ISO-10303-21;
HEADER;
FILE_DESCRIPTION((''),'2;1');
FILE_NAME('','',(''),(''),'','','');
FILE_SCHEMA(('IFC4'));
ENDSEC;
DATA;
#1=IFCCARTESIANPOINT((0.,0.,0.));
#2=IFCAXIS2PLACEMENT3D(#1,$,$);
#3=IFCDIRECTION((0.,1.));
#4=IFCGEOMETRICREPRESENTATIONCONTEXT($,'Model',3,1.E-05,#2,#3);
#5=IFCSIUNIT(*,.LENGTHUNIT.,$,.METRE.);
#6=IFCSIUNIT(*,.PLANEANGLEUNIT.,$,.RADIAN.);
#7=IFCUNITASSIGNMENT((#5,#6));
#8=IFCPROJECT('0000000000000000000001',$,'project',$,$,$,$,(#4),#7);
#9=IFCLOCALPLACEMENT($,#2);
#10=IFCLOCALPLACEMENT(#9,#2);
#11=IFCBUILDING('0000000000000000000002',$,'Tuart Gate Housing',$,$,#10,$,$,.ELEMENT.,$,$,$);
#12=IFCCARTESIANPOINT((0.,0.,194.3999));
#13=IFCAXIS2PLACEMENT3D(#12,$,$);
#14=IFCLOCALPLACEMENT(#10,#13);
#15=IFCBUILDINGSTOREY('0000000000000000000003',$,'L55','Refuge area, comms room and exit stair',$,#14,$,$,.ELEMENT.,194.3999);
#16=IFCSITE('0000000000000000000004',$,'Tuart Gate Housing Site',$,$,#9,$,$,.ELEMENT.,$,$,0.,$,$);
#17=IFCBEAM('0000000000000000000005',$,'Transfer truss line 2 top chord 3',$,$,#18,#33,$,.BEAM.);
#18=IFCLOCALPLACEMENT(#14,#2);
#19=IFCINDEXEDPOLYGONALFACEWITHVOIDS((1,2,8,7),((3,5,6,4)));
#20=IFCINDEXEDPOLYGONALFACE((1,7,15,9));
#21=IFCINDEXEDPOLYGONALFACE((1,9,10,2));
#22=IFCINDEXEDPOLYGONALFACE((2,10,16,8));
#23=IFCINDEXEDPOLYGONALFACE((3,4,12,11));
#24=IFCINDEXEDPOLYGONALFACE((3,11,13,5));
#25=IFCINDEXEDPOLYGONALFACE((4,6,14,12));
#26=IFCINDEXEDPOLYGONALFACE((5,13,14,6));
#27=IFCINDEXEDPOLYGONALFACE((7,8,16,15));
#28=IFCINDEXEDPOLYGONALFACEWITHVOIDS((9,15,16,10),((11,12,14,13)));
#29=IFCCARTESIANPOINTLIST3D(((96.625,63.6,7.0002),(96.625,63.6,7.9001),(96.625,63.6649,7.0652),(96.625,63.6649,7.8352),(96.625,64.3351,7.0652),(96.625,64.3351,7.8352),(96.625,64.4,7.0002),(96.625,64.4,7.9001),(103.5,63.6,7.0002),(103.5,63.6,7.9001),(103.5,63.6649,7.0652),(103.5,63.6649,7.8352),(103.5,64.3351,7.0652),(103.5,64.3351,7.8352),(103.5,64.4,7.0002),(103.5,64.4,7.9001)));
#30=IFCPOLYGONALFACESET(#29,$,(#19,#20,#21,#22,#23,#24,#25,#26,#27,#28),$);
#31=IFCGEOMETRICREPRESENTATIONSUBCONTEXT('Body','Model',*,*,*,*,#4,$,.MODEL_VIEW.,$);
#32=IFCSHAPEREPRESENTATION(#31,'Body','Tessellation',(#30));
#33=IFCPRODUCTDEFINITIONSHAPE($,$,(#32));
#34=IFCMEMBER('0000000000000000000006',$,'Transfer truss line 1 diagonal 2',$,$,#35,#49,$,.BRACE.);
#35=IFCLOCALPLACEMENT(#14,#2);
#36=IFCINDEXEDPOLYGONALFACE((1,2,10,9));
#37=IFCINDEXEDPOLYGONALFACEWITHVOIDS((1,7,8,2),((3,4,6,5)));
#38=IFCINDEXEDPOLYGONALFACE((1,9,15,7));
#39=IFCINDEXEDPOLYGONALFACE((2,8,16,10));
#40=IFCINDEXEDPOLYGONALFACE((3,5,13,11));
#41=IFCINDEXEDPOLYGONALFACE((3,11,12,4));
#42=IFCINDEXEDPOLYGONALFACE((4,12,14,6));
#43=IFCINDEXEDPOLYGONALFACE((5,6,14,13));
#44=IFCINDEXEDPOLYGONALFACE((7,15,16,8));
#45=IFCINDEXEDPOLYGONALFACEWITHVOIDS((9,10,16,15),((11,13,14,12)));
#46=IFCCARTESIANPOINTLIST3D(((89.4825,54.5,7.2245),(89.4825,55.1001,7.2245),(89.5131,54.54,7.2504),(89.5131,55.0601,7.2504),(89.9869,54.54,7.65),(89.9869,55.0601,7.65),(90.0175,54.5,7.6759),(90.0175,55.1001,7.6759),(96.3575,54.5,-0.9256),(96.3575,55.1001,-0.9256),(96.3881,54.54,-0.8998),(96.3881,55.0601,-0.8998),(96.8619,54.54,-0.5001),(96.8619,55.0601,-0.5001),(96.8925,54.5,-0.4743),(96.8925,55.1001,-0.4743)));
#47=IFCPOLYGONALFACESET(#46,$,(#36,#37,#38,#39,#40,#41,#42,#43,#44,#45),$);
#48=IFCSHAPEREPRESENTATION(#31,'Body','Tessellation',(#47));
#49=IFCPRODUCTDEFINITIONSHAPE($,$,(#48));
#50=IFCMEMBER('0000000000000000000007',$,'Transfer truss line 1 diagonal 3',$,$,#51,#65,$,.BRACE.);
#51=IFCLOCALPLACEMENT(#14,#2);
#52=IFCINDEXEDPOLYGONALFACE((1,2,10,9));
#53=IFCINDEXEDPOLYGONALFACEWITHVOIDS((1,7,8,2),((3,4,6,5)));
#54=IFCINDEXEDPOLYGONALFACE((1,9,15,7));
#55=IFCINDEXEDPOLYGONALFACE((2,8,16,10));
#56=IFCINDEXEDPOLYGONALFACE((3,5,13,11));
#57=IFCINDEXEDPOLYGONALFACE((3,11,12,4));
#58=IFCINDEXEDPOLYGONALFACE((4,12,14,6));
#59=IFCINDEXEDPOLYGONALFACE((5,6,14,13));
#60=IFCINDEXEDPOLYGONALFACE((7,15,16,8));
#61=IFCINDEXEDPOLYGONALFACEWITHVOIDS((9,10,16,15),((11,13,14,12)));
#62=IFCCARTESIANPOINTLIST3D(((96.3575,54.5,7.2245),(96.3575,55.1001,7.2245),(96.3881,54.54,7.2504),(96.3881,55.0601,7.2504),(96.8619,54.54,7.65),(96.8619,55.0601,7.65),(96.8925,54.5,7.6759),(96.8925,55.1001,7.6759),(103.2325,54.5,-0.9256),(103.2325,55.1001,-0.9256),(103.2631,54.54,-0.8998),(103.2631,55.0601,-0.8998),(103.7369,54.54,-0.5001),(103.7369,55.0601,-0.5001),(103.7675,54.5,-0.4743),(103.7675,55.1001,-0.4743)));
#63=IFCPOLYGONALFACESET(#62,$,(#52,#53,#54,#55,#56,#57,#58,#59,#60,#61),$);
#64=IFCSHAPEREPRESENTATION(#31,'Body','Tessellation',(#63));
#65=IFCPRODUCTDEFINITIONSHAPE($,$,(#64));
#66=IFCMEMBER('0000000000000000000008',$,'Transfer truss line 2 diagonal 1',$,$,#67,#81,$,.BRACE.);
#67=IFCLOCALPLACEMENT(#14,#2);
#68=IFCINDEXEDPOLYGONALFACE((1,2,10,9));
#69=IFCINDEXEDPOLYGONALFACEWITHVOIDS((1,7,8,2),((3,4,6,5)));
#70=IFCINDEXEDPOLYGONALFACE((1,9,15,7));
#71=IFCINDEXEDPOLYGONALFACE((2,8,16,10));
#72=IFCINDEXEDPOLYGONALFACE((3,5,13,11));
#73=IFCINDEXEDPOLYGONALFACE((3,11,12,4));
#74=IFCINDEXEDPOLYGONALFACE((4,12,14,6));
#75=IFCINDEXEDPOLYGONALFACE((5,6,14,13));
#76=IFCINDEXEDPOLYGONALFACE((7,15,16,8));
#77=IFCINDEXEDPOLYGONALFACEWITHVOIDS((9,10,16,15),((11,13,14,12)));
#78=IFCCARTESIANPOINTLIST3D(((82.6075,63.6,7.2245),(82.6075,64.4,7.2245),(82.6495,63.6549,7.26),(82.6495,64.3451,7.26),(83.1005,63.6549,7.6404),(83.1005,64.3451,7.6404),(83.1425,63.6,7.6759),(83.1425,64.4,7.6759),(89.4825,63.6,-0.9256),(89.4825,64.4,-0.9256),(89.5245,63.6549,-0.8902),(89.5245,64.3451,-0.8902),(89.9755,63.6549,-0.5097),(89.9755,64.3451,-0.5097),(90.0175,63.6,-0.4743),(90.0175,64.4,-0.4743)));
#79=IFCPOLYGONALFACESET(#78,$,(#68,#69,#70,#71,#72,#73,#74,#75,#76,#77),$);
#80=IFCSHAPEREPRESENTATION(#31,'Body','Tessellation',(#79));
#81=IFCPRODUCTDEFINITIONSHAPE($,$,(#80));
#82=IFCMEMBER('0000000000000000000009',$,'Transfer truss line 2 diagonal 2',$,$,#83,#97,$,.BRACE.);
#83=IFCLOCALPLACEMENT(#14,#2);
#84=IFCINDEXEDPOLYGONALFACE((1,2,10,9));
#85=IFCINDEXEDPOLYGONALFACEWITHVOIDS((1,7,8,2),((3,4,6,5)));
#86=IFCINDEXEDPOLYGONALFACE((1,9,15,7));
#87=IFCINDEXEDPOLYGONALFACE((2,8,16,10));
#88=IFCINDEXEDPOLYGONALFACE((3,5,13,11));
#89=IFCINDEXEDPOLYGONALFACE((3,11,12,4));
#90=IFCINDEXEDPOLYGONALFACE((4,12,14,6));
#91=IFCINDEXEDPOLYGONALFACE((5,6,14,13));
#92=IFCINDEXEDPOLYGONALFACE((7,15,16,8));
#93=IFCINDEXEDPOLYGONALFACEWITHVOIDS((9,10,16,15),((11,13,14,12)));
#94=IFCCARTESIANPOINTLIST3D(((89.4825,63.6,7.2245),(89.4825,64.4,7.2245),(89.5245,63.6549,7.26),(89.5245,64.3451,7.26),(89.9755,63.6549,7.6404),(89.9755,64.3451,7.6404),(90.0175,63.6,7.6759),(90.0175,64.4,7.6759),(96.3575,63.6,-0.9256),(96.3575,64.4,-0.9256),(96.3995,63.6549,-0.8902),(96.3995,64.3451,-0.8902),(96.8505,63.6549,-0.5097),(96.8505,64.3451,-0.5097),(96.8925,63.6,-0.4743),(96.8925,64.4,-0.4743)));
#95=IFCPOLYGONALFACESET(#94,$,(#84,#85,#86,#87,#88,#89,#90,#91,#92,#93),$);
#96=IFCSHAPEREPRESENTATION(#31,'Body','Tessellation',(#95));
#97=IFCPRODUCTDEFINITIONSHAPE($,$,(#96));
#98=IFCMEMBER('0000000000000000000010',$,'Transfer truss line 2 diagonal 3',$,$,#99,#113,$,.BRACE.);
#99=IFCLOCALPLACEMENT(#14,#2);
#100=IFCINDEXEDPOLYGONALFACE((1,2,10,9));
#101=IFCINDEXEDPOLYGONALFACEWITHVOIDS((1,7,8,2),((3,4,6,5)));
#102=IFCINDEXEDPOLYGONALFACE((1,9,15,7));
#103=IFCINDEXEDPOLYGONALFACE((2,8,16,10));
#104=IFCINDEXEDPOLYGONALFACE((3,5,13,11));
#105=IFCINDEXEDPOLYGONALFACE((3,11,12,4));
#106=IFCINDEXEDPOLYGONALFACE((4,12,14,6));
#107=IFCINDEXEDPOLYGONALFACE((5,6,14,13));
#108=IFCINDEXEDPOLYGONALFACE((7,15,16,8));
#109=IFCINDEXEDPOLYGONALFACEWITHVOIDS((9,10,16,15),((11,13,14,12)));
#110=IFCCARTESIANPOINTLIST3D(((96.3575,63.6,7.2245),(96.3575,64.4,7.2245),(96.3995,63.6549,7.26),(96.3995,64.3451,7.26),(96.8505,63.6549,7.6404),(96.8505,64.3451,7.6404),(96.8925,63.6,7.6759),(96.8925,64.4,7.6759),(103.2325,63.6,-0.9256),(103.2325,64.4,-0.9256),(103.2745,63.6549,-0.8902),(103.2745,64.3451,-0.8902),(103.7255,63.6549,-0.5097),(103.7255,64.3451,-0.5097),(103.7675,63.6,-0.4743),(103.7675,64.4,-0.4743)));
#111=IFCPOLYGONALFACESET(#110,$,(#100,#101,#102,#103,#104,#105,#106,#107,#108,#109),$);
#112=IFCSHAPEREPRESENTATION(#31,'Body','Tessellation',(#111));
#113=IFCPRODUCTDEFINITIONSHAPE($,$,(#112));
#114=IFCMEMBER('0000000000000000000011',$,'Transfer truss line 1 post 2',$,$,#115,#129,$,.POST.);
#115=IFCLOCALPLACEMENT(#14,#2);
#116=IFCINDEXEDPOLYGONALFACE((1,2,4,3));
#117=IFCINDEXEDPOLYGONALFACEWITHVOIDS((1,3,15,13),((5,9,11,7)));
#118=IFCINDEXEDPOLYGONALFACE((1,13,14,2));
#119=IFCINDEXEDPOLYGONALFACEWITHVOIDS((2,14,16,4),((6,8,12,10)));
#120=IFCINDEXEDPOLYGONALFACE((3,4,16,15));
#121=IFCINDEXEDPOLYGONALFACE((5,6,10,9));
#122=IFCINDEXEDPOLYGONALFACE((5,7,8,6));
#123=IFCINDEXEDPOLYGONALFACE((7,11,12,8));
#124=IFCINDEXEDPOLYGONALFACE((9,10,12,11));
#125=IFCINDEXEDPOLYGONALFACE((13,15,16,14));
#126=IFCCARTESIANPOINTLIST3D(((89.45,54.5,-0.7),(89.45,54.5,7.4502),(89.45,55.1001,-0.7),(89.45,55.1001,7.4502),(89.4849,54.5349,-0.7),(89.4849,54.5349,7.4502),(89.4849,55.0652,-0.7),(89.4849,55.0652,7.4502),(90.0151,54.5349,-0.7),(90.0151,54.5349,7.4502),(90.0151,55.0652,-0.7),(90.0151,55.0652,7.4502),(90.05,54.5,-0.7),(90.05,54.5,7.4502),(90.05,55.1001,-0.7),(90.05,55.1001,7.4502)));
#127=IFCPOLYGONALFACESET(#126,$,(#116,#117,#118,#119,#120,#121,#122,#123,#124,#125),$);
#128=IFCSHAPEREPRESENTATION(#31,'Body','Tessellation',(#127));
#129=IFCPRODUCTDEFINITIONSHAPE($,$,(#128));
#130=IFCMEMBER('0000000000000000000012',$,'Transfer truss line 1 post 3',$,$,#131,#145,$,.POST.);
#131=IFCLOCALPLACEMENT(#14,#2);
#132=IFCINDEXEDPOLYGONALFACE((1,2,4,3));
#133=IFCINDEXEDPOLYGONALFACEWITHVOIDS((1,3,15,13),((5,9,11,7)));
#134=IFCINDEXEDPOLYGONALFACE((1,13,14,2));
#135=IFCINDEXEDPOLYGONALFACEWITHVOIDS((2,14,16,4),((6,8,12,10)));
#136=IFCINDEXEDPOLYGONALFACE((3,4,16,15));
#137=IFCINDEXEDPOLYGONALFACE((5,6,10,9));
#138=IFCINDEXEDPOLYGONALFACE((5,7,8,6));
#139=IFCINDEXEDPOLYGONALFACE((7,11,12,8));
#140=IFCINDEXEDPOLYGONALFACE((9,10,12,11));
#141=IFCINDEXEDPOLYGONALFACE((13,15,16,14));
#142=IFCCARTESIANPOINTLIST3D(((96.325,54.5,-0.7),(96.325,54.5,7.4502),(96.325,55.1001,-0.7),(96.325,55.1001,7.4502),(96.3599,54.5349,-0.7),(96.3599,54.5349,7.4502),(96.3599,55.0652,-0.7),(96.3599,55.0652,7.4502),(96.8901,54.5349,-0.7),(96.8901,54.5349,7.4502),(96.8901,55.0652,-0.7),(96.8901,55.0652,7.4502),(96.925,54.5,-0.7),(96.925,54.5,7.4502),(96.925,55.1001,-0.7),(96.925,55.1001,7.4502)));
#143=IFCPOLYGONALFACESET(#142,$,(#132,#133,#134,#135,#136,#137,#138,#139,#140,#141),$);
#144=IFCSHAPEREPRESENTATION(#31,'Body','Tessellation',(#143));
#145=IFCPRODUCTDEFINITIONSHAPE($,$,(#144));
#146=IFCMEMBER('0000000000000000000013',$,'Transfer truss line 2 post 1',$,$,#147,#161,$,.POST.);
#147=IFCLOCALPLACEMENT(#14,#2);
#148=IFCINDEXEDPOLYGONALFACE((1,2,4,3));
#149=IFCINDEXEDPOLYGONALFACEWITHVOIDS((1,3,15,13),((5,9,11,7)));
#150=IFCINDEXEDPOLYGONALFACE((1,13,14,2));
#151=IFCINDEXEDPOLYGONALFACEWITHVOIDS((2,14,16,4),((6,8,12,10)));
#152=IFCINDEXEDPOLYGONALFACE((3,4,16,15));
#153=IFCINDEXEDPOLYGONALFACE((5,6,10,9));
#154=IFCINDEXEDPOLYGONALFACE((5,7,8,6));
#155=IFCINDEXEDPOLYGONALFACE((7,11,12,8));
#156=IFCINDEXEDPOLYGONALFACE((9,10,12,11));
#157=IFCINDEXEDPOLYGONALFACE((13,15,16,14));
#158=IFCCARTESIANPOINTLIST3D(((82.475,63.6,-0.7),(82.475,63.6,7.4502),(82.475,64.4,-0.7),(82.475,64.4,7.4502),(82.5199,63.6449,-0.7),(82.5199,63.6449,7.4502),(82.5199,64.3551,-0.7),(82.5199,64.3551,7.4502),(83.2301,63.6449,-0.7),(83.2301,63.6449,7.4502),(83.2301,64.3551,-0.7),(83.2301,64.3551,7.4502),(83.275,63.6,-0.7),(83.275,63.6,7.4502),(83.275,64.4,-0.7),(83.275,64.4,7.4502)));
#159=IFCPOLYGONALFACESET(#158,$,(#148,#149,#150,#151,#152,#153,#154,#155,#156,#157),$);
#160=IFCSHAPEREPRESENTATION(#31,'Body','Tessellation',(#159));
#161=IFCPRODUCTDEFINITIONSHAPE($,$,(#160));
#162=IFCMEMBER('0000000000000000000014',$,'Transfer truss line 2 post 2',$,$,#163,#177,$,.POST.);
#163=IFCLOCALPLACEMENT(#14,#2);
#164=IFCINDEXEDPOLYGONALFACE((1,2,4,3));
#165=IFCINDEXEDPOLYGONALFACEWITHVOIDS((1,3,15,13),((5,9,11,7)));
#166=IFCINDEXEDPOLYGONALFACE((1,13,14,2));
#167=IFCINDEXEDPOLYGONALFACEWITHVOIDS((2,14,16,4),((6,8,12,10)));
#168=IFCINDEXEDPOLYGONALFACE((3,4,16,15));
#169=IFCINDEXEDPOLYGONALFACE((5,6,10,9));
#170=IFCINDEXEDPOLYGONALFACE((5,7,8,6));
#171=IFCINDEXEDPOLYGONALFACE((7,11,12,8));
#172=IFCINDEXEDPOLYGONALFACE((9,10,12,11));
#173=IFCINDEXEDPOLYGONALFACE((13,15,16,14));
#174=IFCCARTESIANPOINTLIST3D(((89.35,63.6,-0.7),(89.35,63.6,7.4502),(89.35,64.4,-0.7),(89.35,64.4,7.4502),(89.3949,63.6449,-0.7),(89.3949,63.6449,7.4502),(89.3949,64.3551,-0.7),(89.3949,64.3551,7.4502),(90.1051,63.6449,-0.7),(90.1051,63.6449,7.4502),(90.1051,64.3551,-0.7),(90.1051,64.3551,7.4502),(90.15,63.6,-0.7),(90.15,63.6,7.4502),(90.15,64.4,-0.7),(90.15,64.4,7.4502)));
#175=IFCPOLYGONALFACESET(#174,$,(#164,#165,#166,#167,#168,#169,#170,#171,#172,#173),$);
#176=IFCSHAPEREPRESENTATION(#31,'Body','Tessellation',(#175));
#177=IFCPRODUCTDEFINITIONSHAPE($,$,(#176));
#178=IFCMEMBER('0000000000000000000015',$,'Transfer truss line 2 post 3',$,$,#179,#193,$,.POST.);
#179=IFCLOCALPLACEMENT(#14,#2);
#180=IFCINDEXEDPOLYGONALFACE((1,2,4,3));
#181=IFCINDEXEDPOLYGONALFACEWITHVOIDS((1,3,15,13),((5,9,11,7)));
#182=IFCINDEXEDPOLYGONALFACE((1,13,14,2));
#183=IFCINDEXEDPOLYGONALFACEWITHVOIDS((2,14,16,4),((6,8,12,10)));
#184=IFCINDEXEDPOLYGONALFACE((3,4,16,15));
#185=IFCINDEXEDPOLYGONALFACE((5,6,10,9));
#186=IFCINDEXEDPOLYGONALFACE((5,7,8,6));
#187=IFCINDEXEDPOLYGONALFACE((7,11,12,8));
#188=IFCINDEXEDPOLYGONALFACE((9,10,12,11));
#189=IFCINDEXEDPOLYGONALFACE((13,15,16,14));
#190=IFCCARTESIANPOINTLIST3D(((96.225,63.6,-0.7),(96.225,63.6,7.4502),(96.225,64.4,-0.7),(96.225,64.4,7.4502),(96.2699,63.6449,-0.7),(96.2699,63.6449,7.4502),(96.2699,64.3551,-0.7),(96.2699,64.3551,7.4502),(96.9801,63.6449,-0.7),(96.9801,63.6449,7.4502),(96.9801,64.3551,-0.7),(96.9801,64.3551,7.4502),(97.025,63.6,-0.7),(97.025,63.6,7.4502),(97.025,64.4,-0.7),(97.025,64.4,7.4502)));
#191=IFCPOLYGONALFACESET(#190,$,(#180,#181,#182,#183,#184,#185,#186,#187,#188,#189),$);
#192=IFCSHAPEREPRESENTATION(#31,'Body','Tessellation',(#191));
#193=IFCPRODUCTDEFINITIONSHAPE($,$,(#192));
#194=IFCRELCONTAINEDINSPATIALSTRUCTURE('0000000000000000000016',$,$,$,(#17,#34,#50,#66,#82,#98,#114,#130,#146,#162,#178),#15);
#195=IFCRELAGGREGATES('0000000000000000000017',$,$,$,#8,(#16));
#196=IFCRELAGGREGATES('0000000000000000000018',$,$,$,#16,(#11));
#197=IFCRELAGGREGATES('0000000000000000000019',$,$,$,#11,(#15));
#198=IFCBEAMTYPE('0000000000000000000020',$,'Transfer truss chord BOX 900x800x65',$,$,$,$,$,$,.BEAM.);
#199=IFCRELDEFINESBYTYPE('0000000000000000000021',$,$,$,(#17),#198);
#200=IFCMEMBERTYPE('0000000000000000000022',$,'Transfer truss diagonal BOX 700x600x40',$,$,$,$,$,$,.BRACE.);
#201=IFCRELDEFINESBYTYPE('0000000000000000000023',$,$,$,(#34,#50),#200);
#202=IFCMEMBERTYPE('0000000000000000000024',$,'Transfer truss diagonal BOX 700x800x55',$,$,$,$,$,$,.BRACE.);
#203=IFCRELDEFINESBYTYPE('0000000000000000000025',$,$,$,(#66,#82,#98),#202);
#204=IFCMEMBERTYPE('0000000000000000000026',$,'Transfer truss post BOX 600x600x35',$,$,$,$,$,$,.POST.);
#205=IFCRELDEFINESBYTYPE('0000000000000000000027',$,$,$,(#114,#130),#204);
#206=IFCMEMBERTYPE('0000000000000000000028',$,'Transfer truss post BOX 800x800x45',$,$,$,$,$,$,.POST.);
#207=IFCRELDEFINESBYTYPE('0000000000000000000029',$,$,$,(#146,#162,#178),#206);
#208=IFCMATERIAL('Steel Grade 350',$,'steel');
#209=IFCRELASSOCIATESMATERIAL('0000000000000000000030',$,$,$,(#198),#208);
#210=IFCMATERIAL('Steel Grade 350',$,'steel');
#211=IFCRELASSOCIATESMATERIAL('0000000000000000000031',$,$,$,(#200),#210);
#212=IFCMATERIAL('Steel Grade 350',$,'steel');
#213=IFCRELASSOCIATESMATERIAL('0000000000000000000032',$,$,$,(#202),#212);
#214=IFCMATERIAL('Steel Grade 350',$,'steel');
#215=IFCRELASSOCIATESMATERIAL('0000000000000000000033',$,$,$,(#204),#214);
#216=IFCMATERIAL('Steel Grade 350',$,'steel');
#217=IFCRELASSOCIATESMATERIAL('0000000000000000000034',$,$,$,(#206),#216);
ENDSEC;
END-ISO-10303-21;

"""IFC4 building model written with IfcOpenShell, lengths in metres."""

from ifc_helpers import new_model, si_unit, direction, frame, origin, origin_2d, place, context, subcontext, project, spatial, hollow_rectangle, extrude, material, material_profile, profile_set, type_object, element, save


model = new_model("IFC4")

# Units and contexts
model_context = context("Model", 3, precision=1e-05, world=origin(), true_north=direction((0.0, 1.0)))
body_context = subcontext(model_context, "Body", "Model", "MODEL_VIEW")
ifc_project = project(units=[si_unit("LENGTHUNIT", "METRE"), si_unit("PLANEANGLEUNIT", "RADIAN")], contexts=[model_context])

# Site, building, storey
site_placement = place(None, origin())
site = spatial("IfcSite", under=ifc_project, at=site_placement, Name="Tuart Gate Housing Site", CompositionType="ELEMENT", RefElevation=0.0)
building_placement = place(site_placement, origin())
building = spatial("IfcBuilding", under=site, at=building_placement, Name="Tuart Gate Housing", CompositionType="ELEMENT")
storey_placement = place(building_placement, frame((0.0, 0.0, 194.3999)))
storey = spatial("IfcBuildingStorey", under=building, at=storey_placement, Name="L55", Description="Refuge area, comms room and exit stair", CompositionType="ELEMENT", Elevation=194.3999)

# Beam
ifc_material_1 = material(Name="Steel Grade 350", Category="steel")
ifc_material_profile_1 = material_profile(ifc_material_1, hollow_rectangle(XDim=0.8, YDim=0.8999, WallThickness=0.0649, at=origin_2d()), Name="BOX 900x800x65")
ifc_profile_set_1 = profile_set([ifc_material_profile_1], Name="Steel Grade 350")
beam_type_1 = type_object("IfcBeamType", Name="Transfer truss chord BOX 900x800x65", PredefinedType="BEAM", material=ifc_profile_set_1)
for number, where, z_axis, x_axis, name in (
    (1, (96.625, 64.0, 7.4502), (1.0, 0.0, 0.0), (0.0, 1.0, 0.0), "Transfer truss line 2 top chord 3"),
):
    element("IfcBeam", number, at=place(storey_placement, frame(where, z_axis=z_axis, x_axis=x_axis)), inside=storey, type_object=beam_type_1, Name=name, PredefinedType="BEAM", context=body_context, shape_type="SweptSolid", body=[
        extrude(hollow_rectangle(XDim=0.8, YDim=0.8999, WallThickness=0.0649, at=origin_2d()), origin(), (0.0, 0.0, 1.0), 6.875),
    ])

# Members
ifc_material_2 = material(Name="Steel Grade 350", Category="steel")
ifc_material_profile_2 = material_profile(ifc_material_2, hollow_rectangle(XDim=0.6001, YDim=0.7, WallThickness=0.04, at=origin_2d()), Name="BOX 700x600x40")
ifc_profile_set_2 = profile_set([ifc_material_profile_2], Name="Steel Grade 350")
member_type_1 = type_object("IfcMemberType", Name="Transfer truss diagonal BOX 700x600x40", PredefinedType="BRACE", material=ifc_profile_set_2)
for number, where, z_axis, x_axis, name in (
    (2, (89.75, 54.8, 7.4502), (0.644779, 0.0, -0.764369), (0.0, 1.0, 0.0), "Transfer truss line 1 diagonal 2"),
    (3, (96.625, 54.8, 7.4502), (0.644779, 0.0, -0.764369), (0.0, 1.0, 0.0), "Transfer truss line 1 diagonal 3"),
):
    element("IfcMember", number, at=place(storey_placement, frame(where, z_axis=z_axis, x_axis=x_axis)), inside=storey, type_object=member_type_1, Name=name, PredefinedType="BRACE", context=body_context, shape_type="SweptSolid", body=[
        extrude(hollow_rectangle(XDim=0.6001, YDim=0.7, WallThickness=0.04, at=origin_2d()), origin(), (0.0, 0.0, 1.0), 10.6626),
    ])
ifc_material_3 = material(Name="Steel Grade 350", Category="steel")
ifc_material_profile_3 = material_profile(ifc_material_3, hollow_rectangle(XDim=0.8, YDim=0.7, WallThickness=0.0549, at=origin_2d()), Name="BOX 700x800x55")
ifc_profile_set_3 = profile_set([ifc_material_profile_3], Name="Steel Grade 350")
member_type_2 = type_object("IfcMemberType", Name="Transfer truss diagonal BOX 700x800x55", PredefinedType="BRACE", material=ifc_profile_set_3)
for number, where, z_axis, x_axis, name in (
    (4, (82.875, 64.0, 7.4502), (0.644779, 0.0, -0.764369), (0.0, 1.0, 0.0), "Transfer truss line 2 diagonal 1"),
    (5, (89.75, 64.0, 7.4502), (0.644779, 0.0, -0.764369), (0.0, 1.0, 0.0), "Transfer truss line 2 diagonal 2"),
    (6, (96.625, 64.0, 7.4502), (0.644779, 0.0, -0.764369), (0.0, 1.0, 0.0), "Transfer truss line 2 diagonal 3"),
):
    element("IfcMember", number, at=place(storey_placement, frame(where, z_axis=z_axis, x_axis=x_axis)), inside=storey, type_object=member_type_2, Name=name, PredefinedType="BRACE", context=body_context, shape_type="SweptSolid", body=[
        extrude(hollow_rectangle(XDim=0.8, YDim=0.7, WallThickness=0.0549, at=origin_2d()), origin(), (0.0, 0.0, 1.0), 10.6626),
    ])
ifc_material_4 = material(Name="Steel Grade 350", Category="steel")
ifc_material_profile_4 = material_profile(ifc_material_4, hollow_rectangle(XDim=0.6001, YDim=0.6001, WallThickness=0.0349, at=origin_2d()), Name="BOX 600x600x35")
ifc_profile_set_4 = profile_set([ifc_material_profile_4], Name="Steel Grade 350")
member_type_3 = type_object("IfcMemberType", Name="Transfer truss post BOX 600x600x35", PredefinedType="POST", material=ifc_profile_set_4)
for number, where, z_axis, x_axis, name in (
    (7, (89.75, 54.8, -0.7), (0.0, 0.0, 1.0), (1.0, 0.0, 0.0), "Transfer truss line 1 post 2"),
    (8, (96.625, 54.8, -0.7), (0.0, 0.0, 1.0), (1.0, 0.0, 0.0), "Transfer truss line 1 post 3"),
):
    element("IfcMember", number, at=place(storey_placement, frame(where, z_axis=z_axis, x_axis=x_axis)), inside=storey, type_object=member_type_3, Name=name, PredefinedType="POST", context=body_context, shape_type="SweptSolid", body=[
        extrude(hollow_rectangle(XDim=0.6001, YDim=0.6001, WallThickness=0.0349, at=origin_2d()), origin(), (0.0, 0.0, 1.0), 8.1501),
    ])
ifc_material_5 = material(Name="Steel Grade 350", Category="steel")
ifc_material_profile_5 = material_profile(ifc_material_5, hollow_rectangle(XDim=0.8, YDim=0.8, WallThickness=0.0449, at=origin_2d()), Name="BOX 800x800x45")
ifc_profile_set_5 = profile_set([ifc_material_profile_5], Name="Steel Grade 350")
member_type_4 = type_object("IfcMemberType", Name="Transfer truss post BOX 800x800x45", PredefinedType="POST", material=ifc_profile_set_5)
for number, where, z_axis, x_axis, name in (
    (9, (82.875, 64.0, -0.7), (0.0, 0.0, 1.0), (1.0, 0.0, 0.0), "Transfer truss line 2 post 1"),
    (10, (89.75, 64.0, -0.7), (0.0, 0.0, 1.0), (1.0, 0.0, 0.0), "Transfer truss line 2 post 2"),
    (11, (96.625, 64.0, -0.7), (0.0, 0.0, 1.0), (1.0, 0.0, 0.0), "Transfer truss line 2 post 3"),
):
    element("IfcMember", number, at=place(storey_placement, frame(where, z_axis=z_axis, x_axis=x_axis)), inside=storey, type_object=member_type_4, Name=name, PredefinedType="POST", context=body_context, shape_type="SweptSolid", body=[
        extrude(hollow_rectangle(XDim=0.8, YDim=0.8, WallThickness=0.0449, at=origin_2d()), origin(), (0.0, 0.0, 1.0), 8.1501),
    ])

save(model, "model.ifc")
